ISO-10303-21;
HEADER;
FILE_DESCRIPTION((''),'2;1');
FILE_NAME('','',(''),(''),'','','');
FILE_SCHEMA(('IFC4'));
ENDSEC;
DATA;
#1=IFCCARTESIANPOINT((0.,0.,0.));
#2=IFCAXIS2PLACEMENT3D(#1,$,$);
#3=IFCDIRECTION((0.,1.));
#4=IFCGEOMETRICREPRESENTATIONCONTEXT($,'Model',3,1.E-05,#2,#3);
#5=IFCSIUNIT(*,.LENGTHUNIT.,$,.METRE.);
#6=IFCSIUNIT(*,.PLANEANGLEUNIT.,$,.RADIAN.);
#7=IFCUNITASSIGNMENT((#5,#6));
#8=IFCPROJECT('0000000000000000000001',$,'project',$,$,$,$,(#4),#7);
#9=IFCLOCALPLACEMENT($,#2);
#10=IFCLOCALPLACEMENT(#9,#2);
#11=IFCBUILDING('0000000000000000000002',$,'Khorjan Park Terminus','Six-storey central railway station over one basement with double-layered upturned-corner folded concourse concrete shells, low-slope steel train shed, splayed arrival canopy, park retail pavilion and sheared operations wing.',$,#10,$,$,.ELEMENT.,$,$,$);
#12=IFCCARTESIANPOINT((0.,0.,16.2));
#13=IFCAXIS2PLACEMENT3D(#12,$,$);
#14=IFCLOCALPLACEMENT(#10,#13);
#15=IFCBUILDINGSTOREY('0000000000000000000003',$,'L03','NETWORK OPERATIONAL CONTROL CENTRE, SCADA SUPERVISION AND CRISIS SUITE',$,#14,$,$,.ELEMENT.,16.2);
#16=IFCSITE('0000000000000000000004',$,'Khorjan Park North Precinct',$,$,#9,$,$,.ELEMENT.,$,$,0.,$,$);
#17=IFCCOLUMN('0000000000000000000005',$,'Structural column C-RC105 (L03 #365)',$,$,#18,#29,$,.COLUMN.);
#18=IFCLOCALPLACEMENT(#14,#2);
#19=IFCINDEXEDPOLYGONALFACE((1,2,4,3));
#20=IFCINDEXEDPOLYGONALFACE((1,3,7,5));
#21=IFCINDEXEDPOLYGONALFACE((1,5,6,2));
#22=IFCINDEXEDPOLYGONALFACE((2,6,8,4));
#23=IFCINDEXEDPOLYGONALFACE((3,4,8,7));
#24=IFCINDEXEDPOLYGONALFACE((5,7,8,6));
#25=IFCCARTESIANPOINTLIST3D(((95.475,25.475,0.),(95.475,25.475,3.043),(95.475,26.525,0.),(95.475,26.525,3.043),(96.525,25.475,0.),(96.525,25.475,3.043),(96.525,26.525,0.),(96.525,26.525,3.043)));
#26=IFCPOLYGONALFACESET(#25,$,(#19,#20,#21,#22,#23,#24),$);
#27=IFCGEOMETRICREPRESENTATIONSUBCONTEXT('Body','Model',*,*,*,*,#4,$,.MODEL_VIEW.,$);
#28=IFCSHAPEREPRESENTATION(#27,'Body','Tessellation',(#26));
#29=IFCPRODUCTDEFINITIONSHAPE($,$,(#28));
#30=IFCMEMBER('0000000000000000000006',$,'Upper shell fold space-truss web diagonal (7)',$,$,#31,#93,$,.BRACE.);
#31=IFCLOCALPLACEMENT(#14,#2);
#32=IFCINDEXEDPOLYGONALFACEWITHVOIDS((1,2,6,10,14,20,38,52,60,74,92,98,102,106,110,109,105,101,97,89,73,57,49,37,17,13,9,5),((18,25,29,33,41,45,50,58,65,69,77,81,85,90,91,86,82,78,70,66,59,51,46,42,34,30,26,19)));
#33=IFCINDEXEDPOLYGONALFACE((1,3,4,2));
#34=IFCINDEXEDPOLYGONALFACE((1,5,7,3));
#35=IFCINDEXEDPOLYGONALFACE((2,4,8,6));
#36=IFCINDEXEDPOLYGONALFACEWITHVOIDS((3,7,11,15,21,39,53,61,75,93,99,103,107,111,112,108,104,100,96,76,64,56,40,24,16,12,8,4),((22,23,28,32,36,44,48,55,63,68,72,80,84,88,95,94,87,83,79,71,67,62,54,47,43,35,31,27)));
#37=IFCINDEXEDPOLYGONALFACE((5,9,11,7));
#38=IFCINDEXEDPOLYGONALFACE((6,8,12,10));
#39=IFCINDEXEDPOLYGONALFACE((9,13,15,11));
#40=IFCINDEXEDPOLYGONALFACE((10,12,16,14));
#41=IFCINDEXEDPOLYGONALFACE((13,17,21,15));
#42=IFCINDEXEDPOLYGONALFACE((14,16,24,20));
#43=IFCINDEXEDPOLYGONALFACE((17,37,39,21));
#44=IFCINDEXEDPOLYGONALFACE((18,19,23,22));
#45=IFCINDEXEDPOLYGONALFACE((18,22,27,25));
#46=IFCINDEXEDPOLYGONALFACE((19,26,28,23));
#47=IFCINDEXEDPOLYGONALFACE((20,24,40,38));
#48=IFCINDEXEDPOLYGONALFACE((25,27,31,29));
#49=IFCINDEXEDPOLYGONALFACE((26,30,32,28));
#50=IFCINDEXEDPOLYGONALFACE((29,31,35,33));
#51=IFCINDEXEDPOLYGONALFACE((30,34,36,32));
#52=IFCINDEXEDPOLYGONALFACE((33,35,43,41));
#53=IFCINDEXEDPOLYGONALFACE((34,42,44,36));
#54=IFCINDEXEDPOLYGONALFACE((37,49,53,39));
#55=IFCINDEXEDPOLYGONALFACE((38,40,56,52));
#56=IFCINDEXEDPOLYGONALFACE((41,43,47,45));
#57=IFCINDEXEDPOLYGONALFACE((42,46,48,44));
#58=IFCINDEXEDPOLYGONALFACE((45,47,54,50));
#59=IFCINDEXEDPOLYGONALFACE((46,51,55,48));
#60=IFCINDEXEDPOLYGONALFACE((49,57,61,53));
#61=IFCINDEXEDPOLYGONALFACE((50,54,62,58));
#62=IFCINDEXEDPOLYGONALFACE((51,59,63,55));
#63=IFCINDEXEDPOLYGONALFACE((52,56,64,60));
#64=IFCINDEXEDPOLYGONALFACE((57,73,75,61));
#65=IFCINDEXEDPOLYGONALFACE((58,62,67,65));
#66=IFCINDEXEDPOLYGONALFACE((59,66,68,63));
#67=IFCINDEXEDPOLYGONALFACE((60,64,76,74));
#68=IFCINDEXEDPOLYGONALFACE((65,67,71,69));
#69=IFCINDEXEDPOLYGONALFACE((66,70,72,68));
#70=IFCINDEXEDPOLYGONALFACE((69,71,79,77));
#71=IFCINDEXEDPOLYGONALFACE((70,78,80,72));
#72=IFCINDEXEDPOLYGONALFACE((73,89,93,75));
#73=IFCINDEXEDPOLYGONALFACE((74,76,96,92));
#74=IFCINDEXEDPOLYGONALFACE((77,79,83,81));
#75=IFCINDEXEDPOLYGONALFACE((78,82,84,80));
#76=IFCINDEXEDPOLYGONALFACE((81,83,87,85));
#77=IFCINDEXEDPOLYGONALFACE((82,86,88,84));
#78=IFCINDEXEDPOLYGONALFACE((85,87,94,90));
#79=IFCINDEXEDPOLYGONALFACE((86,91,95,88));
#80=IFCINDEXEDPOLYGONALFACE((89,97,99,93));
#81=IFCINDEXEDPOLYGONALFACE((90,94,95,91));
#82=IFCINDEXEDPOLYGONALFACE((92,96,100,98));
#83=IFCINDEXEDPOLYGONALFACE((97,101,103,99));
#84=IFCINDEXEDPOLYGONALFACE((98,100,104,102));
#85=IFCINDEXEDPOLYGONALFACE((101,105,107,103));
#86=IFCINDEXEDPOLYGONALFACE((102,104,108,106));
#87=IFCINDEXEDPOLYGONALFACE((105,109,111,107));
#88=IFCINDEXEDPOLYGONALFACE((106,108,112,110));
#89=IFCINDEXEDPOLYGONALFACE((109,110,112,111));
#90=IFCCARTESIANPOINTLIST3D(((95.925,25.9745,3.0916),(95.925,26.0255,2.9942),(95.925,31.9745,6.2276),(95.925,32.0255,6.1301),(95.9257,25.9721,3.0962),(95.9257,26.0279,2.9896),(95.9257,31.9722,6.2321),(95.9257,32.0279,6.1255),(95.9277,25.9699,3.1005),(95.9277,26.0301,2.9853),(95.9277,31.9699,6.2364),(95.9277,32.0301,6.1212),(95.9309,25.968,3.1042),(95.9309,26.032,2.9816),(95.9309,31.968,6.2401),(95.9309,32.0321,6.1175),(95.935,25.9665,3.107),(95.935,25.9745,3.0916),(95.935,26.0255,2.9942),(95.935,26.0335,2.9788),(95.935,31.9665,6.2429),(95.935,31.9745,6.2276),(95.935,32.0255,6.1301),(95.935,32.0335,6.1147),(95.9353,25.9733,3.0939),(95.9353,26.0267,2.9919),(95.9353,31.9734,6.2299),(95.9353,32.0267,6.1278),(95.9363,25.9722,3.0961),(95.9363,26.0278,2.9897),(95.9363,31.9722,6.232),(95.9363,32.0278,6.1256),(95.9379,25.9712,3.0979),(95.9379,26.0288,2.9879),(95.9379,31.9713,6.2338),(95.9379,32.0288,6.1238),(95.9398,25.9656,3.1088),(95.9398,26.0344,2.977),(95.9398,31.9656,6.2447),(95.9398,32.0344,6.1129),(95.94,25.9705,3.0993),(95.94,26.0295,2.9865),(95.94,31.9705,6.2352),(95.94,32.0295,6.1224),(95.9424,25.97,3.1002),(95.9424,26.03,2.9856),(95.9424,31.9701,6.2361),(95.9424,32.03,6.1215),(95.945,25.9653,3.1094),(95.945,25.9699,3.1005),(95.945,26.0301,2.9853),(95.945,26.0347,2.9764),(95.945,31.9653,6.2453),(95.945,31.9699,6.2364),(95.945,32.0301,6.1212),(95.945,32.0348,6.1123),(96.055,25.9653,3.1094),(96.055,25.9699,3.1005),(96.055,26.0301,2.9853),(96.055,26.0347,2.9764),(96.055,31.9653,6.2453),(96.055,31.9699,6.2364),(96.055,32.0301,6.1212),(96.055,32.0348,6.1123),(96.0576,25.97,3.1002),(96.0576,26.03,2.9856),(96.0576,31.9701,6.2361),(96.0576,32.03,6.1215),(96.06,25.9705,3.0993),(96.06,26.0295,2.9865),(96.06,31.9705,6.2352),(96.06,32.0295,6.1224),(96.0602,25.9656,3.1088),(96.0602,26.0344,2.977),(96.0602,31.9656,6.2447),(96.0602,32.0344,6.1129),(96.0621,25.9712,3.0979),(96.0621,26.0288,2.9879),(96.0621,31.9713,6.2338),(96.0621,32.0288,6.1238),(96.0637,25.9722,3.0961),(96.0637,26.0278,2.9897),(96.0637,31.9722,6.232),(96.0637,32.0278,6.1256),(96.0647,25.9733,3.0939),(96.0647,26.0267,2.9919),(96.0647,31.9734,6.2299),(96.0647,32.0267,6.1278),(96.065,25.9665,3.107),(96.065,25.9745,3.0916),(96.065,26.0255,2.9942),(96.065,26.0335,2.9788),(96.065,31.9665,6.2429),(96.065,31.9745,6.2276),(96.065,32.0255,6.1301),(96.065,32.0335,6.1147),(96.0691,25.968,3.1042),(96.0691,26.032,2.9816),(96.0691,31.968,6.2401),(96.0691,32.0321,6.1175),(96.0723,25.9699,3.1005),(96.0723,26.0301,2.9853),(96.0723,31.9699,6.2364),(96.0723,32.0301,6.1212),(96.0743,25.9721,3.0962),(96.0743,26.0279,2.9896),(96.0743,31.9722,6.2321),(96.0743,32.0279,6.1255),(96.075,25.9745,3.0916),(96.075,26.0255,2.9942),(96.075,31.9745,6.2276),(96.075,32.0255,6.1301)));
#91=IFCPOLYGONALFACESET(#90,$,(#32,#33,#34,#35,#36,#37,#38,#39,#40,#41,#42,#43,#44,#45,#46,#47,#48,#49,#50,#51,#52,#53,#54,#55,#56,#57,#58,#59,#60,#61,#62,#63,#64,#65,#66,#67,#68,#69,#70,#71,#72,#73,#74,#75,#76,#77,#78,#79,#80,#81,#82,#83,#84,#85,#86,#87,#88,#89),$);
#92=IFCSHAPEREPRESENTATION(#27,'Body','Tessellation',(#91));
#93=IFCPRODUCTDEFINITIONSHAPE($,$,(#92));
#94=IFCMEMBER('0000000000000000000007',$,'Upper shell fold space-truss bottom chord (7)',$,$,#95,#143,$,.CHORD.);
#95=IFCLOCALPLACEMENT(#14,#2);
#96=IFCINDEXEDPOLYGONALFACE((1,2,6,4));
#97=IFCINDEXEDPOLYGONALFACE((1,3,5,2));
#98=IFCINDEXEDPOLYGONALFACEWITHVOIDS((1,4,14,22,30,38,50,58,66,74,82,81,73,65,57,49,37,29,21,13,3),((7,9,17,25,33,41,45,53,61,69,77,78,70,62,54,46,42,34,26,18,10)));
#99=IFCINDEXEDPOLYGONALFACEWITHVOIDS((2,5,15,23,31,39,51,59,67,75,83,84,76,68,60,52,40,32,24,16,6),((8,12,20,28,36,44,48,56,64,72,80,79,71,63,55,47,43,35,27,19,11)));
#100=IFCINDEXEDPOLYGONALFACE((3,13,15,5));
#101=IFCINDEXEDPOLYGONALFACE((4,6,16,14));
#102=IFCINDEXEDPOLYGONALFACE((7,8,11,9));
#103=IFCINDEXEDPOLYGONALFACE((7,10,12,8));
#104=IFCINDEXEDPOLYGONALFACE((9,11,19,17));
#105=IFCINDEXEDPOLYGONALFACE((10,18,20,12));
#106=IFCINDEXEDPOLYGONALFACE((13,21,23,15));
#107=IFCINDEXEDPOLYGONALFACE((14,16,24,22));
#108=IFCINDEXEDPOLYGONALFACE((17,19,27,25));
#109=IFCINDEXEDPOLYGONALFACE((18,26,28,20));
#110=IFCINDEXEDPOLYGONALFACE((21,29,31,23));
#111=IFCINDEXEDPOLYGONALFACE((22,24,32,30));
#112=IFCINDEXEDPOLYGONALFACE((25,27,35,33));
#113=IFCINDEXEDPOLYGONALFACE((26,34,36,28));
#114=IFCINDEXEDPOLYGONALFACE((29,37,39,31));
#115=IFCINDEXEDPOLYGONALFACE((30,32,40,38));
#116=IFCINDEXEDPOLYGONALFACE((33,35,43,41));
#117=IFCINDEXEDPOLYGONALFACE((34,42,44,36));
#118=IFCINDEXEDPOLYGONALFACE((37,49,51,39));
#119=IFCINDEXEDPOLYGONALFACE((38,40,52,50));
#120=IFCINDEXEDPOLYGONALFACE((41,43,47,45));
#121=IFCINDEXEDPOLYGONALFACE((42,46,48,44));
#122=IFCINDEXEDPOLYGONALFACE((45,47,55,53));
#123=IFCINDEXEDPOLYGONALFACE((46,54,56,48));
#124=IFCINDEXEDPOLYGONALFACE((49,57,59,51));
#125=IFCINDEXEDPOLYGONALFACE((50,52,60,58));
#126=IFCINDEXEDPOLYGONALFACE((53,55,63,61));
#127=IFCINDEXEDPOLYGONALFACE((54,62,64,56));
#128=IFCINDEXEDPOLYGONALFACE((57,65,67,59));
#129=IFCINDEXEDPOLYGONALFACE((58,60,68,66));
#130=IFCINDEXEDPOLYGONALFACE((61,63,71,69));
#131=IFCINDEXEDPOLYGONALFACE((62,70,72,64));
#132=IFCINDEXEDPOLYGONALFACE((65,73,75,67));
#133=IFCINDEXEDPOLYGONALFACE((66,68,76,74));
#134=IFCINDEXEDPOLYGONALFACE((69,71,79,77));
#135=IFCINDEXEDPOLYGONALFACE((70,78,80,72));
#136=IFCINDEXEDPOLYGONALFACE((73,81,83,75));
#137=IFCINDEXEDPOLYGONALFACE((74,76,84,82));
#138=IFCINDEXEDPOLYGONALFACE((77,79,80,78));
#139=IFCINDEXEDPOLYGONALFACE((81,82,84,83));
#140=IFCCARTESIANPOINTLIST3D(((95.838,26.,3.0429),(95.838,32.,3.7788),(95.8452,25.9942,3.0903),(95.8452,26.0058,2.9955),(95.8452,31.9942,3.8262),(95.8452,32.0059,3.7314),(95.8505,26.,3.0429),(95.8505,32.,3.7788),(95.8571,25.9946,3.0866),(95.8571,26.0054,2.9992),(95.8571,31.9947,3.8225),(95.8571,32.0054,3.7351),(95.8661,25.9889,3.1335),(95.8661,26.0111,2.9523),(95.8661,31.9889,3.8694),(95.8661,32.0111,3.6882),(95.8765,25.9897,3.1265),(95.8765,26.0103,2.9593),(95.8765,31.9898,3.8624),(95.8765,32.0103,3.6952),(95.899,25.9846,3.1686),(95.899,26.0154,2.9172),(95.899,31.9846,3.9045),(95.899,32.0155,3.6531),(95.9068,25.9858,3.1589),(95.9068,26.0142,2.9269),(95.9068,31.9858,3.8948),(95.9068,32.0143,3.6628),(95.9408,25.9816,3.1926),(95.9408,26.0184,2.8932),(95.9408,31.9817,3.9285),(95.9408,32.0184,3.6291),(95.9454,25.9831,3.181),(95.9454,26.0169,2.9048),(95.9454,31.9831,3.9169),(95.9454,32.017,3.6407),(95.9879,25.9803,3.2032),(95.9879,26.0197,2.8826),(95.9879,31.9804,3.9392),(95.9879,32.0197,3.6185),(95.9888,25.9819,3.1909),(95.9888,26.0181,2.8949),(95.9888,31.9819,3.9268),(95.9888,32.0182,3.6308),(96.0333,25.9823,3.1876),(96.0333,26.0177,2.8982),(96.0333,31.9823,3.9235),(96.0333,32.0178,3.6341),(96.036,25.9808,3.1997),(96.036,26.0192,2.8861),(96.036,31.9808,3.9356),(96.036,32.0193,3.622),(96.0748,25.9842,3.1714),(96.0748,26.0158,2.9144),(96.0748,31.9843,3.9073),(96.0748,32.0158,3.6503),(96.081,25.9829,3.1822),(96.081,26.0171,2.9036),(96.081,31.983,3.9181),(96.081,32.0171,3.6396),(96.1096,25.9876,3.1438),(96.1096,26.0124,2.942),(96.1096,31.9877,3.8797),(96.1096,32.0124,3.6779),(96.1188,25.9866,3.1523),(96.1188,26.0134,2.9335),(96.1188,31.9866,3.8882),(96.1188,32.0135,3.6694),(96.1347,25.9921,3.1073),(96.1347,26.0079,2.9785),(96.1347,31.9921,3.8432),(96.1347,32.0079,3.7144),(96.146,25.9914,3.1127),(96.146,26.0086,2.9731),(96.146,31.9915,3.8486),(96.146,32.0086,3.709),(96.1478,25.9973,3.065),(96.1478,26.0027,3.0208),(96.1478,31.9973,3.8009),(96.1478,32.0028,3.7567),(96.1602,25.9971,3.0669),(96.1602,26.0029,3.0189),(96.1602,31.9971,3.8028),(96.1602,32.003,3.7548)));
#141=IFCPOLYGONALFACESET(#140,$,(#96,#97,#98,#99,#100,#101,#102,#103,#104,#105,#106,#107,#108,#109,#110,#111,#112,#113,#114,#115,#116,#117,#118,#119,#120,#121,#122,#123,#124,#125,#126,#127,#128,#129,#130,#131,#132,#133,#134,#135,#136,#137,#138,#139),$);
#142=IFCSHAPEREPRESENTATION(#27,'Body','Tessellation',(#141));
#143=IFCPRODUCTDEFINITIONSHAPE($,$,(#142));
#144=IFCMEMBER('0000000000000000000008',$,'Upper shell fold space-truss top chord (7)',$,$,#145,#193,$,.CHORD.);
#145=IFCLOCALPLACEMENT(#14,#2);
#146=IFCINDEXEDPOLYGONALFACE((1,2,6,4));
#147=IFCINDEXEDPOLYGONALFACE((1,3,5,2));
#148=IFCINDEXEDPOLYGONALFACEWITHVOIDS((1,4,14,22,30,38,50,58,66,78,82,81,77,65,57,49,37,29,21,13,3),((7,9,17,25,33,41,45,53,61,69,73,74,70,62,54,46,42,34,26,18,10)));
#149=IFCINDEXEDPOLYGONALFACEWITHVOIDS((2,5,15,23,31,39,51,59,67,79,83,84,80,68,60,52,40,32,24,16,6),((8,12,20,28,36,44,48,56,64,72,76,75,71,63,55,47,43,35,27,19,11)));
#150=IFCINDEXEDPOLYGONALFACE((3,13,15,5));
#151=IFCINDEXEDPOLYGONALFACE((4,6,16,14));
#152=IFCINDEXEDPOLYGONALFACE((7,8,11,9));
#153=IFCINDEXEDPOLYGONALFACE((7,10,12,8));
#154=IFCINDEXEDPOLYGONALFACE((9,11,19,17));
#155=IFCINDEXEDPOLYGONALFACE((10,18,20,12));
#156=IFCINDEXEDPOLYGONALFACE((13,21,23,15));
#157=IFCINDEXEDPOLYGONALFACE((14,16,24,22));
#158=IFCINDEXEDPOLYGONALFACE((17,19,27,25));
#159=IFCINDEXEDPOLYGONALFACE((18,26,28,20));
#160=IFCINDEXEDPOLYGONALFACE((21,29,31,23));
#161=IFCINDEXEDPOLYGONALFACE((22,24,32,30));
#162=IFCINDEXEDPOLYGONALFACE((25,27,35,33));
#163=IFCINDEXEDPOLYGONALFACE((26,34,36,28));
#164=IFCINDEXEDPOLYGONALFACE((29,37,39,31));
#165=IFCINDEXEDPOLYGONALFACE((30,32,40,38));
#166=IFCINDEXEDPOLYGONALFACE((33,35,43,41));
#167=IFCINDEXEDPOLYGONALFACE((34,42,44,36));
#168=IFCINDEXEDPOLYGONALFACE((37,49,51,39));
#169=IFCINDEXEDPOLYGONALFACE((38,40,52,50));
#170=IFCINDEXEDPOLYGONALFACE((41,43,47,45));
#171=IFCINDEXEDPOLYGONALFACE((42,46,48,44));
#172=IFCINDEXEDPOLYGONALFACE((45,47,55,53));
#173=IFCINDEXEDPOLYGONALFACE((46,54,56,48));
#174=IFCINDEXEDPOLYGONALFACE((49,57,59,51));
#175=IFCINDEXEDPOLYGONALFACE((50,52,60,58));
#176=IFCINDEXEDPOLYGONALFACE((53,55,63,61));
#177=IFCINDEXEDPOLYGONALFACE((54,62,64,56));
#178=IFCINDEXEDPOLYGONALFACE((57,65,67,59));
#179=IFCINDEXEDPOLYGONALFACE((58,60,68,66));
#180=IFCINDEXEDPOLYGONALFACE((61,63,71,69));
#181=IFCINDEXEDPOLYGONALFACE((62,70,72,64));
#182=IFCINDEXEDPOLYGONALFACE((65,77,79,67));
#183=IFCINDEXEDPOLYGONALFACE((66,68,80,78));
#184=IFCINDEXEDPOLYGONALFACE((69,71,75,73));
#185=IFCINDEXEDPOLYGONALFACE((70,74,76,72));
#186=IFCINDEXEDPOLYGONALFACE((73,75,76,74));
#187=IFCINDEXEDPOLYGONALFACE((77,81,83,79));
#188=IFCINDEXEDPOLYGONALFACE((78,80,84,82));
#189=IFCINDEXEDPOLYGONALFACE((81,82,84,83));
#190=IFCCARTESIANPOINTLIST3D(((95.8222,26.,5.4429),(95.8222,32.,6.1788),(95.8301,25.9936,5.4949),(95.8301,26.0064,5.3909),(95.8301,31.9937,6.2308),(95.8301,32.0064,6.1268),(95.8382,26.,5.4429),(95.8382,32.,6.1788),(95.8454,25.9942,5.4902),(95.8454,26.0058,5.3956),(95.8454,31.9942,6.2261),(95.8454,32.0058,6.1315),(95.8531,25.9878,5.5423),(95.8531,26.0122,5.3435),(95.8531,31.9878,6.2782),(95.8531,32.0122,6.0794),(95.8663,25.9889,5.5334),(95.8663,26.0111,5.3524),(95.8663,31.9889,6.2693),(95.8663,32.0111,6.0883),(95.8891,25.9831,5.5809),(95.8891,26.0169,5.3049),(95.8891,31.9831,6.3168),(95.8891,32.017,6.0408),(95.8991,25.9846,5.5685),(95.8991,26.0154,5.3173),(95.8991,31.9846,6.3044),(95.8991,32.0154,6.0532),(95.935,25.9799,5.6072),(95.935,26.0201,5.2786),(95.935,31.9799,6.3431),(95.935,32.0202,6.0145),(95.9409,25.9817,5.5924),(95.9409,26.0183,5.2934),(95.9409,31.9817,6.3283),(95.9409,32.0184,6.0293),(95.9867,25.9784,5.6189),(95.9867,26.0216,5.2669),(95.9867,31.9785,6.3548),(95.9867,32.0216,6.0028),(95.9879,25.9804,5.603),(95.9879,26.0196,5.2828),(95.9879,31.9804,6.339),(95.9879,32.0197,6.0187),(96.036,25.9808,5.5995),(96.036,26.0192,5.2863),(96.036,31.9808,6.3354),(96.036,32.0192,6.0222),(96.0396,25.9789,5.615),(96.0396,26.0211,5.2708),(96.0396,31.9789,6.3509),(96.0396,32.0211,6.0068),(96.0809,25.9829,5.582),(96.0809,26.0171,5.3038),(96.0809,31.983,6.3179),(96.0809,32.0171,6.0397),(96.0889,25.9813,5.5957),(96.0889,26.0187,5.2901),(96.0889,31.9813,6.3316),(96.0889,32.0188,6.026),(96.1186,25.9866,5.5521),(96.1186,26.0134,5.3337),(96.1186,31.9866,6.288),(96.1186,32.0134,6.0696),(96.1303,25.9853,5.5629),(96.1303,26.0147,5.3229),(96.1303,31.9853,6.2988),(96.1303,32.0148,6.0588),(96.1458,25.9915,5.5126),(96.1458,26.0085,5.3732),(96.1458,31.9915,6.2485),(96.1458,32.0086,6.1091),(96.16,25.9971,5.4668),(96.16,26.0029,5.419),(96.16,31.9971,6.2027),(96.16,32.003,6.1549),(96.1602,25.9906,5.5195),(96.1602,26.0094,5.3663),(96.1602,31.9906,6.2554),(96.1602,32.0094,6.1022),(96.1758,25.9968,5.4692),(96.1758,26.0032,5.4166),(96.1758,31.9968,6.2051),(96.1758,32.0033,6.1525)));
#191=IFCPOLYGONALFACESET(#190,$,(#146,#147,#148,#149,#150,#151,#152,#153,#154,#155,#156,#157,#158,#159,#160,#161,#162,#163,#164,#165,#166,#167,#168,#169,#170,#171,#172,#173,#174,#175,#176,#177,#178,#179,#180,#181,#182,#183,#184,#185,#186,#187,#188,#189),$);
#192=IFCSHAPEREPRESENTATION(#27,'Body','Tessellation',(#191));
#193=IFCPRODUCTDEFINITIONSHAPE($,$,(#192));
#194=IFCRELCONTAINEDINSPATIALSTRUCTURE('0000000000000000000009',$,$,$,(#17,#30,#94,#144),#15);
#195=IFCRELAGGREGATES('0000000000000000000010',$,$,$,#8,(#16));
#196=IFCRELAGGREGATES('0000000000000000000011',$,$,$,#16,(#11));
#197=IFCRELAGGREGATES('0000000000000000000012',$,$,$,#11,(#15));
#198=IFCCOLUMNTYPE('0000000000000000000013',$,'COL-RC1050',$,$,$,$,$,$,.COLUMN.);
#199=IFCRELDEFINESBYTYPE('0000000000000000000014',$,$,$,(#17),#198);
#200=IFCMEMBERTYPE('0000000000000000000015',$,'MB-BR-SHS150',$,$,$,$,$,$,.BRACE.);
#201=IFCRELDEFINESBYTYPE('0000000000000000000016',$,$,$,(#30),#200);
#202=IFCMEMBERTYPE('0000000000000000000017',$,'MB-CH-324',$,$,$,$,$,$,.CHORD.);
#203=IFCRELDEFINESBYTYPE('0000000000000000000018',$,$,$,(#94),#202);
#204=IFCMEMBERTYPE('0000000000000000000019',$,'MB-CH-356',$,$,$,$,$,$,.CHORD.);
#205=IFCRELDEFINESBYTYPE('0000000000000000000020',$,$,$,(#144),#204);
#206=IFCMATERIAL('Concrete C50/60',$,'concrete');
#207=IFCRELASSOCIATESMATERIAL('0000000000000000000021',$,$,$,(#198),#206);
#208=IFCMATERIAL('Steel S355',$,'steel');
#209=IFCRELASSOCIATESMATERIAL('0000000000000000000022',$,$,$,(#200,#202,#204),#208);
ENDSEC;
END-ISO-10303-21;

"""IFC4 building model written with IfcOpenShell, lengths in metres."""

from ifc_helpers import new_model, si_unit, direction, frame, origin, origin_2d, place, context, subcontext, project, spatial, rectangle, hollow_rectangle, hollow_circle, extrude, material, material_profile, profile_set, type_object, element, save


model = new_model("IFC4")

# Units and contexts
model_context = context("Model", 3, precision=1e-05, world=origin(), true_north=direction((0.0, 1.0)))
body_context = subcontext(model_context, "Body", "Model", "MODEL_VIEW")
ifc_project = project(units=[si_unit("LENGTHUNIT", "METRE"), si_unit("PLANEANGLEUNIT", "RADIAN")], contexts=[model_context])

# Site, building, storey
site_placement = place(None, origin())
site = spatial("IfcSite", under=ifc_project, at=site_placement, Name="Khorjan Park North Precinct", CompositionType="ELEMENT", RefElevation=0.0)
building_placement = place(site_placement, origin())
building = spatial("IfcBuilding", under=site, at=building_placement, Name="Khorjan Park Terminus", Description="Six-storey central railway station over one basement with double-layered upturned-corner folded concourse concrete shells, low-slope steel train shed, splayed arrival canopy, park retail pavilion and sheared operations wing.", CompositionType="ELEMENT")
storey_placement = place(building_placement, frame((0.0, 0.0, 16.2)))
storey = spatial("IfcBuildingStorey", under=building, at=storey_placement, Name="L03", Description="NETWORK OPERATIONAL CONTROL CENTRE, SCADA SUPERVISION AND CRISIS SUITE", CompositionType="ELEMENT", Elevation=16.2)

# Column
ifc_material_1 = material(Name="Concrete C50/60", Category="concrete")
ifc_material_profile_1 = material_profile(ifc_material_1, rectangle(XDim=1.05, YDim=1.05, at=origin_2d()), Name="RC 1050x1050")
ifc_profile_set_1 = profile_set([ifc_material_profile_1], Name="Concrete C50/60")
column_type = type_object("IfcColumnType", Name="COL-RC1050", PredefinedType="COLUMN", material=ifc_profile_set_1)
column_placement = place(storey_placement, frame((96.0, 26.0, 0.0), z_axis=(0.0, 0.0, 1.0), x_axis=(1.0, 0.0, 0.0)))
element("IfcColumn", 1, at=column_placement, inside=storey, type_object=column_type, Name="Structural column C-RC105 (L03 #365)", PredefinedType="COLUMN", context=body_context, shape_type="SweptSolid", body=[
    extrude(rectangle(XDim=1.05, YDim=1.05, at=origin_2d()), origin(), (0.0, 0.0, 1.0), 3.043),
])

# Members
ifc_material_2 = material(Name="Steel S355", Category="steel")
ifc_material_profile_2 = material_profile(ifc_material_2, hollow_rectangle(XDim=0.15, YDim=0.15, WallThickness=0.01, InnerFilletRadius=0.01, OuterFilletRadius=0.02, at=origin_2d()), Name="SHS 150x150x10")
ifc_profile_set_2 = profile_set([ifc_material_profile_2], Name="Steel S355")
member_type_1 = type_object("IfcMemberType", Name="MB-BR-SHS150", PredefinedType="BRACE", material=ifc_profile_set_2)
member_1_placement = place(storey_placement, frame((96.0, 26.0, 3.0429), z_axis=(0.0, 0.886254, 0.4632), x_axis=(-1.0, 0.0, 0.0)))
element("IfcMember", 2, at=member_1_placement, inside=storey, type_object=member_type_1, Name="Upper shell fold space-truss web diagonal (7)", PredefinedType="BRACE", context=body_context, shape_type="SweptSolid", body=[
    extrude(hollow_rectangle(XDim=0.15, YDim=0.15, WallThickness=0.01, InnerFilletRadius=0.01, OuterFilletRadius=0.02, at=origin_2d()), origin(), (0.0, 0.0, 1.0), 6.7701),
])
ifc_material_profile_3 = material_profile(ifc_material_2, hollow_circle(Radius=0.162, WallThickness=0.0125, at=origin_2d()), Name="CHS 323.9x12.5")
ifc_profile_set_3 = profile_set([ifc_material_profile_3], Name="Steel S355")
member_type_2 = type_object("IfcMemberType", Name="MB-CH-324", PredefinedType="CHORD", material=ifc_profile_set_3)
member_2_placement = place(storey_placement, frame((96.0, 26.0, 3.0429), z_axis=(0.0, 0.992562, 0.121738), x_axis=(-1.0, 0.0, 0.0)))
element("IfcMember", 3, at=member_2_placement, inside=storey, type_object=member_type_2, Name="Upper shell fold space-truss bottom chord (7)", PredefinedType="CHORD", context=body_context, shape_type="SweptSolid", body=[
    extrude(hollow_circle(Radius=0.162, WallThickness=0.0125, at=origin_2d()), origin(), (0.0, 0.0, 1.0), 6.045),
])
ifc_material_profile_4 = material_profile(ifc_material_2, hollow_circle(Radius=0.1778, WallThickness=0.016, at=origin_2d()), Name="CHS 355.6x16")
ifc_profile_set_4 = profile_set([ifc_material_profile_4], Name="Steel S355")
member_type_3 = type_object("IfcMemberType", Name="MB-CH-356", PredefinedType="CHORD", material=ifc_profile_set_4)
member_3_placement = place(storey_placement, frame((96.0, 26.0, 5.4429), z_axis=(0.0, 0.992562, 0.121738), x_axis=(-1.0, 0.0, 0.0)))
element("IfcMember", 4, at=member_3_placement, inside=storey, type_object=member_type_3, Name="Upper shell fold space-truss top chord (7)", PredefinedType="CHORD", context=body_context, shape_type="SweptSolid", body=[
    extrude(hollow_circle(Radius=0.1778, WallThickness=0.016, at=origin_2d()), origin(), (0.0, 0.0, 1.0), 6.045),
])

save(model, "model.ifc")
